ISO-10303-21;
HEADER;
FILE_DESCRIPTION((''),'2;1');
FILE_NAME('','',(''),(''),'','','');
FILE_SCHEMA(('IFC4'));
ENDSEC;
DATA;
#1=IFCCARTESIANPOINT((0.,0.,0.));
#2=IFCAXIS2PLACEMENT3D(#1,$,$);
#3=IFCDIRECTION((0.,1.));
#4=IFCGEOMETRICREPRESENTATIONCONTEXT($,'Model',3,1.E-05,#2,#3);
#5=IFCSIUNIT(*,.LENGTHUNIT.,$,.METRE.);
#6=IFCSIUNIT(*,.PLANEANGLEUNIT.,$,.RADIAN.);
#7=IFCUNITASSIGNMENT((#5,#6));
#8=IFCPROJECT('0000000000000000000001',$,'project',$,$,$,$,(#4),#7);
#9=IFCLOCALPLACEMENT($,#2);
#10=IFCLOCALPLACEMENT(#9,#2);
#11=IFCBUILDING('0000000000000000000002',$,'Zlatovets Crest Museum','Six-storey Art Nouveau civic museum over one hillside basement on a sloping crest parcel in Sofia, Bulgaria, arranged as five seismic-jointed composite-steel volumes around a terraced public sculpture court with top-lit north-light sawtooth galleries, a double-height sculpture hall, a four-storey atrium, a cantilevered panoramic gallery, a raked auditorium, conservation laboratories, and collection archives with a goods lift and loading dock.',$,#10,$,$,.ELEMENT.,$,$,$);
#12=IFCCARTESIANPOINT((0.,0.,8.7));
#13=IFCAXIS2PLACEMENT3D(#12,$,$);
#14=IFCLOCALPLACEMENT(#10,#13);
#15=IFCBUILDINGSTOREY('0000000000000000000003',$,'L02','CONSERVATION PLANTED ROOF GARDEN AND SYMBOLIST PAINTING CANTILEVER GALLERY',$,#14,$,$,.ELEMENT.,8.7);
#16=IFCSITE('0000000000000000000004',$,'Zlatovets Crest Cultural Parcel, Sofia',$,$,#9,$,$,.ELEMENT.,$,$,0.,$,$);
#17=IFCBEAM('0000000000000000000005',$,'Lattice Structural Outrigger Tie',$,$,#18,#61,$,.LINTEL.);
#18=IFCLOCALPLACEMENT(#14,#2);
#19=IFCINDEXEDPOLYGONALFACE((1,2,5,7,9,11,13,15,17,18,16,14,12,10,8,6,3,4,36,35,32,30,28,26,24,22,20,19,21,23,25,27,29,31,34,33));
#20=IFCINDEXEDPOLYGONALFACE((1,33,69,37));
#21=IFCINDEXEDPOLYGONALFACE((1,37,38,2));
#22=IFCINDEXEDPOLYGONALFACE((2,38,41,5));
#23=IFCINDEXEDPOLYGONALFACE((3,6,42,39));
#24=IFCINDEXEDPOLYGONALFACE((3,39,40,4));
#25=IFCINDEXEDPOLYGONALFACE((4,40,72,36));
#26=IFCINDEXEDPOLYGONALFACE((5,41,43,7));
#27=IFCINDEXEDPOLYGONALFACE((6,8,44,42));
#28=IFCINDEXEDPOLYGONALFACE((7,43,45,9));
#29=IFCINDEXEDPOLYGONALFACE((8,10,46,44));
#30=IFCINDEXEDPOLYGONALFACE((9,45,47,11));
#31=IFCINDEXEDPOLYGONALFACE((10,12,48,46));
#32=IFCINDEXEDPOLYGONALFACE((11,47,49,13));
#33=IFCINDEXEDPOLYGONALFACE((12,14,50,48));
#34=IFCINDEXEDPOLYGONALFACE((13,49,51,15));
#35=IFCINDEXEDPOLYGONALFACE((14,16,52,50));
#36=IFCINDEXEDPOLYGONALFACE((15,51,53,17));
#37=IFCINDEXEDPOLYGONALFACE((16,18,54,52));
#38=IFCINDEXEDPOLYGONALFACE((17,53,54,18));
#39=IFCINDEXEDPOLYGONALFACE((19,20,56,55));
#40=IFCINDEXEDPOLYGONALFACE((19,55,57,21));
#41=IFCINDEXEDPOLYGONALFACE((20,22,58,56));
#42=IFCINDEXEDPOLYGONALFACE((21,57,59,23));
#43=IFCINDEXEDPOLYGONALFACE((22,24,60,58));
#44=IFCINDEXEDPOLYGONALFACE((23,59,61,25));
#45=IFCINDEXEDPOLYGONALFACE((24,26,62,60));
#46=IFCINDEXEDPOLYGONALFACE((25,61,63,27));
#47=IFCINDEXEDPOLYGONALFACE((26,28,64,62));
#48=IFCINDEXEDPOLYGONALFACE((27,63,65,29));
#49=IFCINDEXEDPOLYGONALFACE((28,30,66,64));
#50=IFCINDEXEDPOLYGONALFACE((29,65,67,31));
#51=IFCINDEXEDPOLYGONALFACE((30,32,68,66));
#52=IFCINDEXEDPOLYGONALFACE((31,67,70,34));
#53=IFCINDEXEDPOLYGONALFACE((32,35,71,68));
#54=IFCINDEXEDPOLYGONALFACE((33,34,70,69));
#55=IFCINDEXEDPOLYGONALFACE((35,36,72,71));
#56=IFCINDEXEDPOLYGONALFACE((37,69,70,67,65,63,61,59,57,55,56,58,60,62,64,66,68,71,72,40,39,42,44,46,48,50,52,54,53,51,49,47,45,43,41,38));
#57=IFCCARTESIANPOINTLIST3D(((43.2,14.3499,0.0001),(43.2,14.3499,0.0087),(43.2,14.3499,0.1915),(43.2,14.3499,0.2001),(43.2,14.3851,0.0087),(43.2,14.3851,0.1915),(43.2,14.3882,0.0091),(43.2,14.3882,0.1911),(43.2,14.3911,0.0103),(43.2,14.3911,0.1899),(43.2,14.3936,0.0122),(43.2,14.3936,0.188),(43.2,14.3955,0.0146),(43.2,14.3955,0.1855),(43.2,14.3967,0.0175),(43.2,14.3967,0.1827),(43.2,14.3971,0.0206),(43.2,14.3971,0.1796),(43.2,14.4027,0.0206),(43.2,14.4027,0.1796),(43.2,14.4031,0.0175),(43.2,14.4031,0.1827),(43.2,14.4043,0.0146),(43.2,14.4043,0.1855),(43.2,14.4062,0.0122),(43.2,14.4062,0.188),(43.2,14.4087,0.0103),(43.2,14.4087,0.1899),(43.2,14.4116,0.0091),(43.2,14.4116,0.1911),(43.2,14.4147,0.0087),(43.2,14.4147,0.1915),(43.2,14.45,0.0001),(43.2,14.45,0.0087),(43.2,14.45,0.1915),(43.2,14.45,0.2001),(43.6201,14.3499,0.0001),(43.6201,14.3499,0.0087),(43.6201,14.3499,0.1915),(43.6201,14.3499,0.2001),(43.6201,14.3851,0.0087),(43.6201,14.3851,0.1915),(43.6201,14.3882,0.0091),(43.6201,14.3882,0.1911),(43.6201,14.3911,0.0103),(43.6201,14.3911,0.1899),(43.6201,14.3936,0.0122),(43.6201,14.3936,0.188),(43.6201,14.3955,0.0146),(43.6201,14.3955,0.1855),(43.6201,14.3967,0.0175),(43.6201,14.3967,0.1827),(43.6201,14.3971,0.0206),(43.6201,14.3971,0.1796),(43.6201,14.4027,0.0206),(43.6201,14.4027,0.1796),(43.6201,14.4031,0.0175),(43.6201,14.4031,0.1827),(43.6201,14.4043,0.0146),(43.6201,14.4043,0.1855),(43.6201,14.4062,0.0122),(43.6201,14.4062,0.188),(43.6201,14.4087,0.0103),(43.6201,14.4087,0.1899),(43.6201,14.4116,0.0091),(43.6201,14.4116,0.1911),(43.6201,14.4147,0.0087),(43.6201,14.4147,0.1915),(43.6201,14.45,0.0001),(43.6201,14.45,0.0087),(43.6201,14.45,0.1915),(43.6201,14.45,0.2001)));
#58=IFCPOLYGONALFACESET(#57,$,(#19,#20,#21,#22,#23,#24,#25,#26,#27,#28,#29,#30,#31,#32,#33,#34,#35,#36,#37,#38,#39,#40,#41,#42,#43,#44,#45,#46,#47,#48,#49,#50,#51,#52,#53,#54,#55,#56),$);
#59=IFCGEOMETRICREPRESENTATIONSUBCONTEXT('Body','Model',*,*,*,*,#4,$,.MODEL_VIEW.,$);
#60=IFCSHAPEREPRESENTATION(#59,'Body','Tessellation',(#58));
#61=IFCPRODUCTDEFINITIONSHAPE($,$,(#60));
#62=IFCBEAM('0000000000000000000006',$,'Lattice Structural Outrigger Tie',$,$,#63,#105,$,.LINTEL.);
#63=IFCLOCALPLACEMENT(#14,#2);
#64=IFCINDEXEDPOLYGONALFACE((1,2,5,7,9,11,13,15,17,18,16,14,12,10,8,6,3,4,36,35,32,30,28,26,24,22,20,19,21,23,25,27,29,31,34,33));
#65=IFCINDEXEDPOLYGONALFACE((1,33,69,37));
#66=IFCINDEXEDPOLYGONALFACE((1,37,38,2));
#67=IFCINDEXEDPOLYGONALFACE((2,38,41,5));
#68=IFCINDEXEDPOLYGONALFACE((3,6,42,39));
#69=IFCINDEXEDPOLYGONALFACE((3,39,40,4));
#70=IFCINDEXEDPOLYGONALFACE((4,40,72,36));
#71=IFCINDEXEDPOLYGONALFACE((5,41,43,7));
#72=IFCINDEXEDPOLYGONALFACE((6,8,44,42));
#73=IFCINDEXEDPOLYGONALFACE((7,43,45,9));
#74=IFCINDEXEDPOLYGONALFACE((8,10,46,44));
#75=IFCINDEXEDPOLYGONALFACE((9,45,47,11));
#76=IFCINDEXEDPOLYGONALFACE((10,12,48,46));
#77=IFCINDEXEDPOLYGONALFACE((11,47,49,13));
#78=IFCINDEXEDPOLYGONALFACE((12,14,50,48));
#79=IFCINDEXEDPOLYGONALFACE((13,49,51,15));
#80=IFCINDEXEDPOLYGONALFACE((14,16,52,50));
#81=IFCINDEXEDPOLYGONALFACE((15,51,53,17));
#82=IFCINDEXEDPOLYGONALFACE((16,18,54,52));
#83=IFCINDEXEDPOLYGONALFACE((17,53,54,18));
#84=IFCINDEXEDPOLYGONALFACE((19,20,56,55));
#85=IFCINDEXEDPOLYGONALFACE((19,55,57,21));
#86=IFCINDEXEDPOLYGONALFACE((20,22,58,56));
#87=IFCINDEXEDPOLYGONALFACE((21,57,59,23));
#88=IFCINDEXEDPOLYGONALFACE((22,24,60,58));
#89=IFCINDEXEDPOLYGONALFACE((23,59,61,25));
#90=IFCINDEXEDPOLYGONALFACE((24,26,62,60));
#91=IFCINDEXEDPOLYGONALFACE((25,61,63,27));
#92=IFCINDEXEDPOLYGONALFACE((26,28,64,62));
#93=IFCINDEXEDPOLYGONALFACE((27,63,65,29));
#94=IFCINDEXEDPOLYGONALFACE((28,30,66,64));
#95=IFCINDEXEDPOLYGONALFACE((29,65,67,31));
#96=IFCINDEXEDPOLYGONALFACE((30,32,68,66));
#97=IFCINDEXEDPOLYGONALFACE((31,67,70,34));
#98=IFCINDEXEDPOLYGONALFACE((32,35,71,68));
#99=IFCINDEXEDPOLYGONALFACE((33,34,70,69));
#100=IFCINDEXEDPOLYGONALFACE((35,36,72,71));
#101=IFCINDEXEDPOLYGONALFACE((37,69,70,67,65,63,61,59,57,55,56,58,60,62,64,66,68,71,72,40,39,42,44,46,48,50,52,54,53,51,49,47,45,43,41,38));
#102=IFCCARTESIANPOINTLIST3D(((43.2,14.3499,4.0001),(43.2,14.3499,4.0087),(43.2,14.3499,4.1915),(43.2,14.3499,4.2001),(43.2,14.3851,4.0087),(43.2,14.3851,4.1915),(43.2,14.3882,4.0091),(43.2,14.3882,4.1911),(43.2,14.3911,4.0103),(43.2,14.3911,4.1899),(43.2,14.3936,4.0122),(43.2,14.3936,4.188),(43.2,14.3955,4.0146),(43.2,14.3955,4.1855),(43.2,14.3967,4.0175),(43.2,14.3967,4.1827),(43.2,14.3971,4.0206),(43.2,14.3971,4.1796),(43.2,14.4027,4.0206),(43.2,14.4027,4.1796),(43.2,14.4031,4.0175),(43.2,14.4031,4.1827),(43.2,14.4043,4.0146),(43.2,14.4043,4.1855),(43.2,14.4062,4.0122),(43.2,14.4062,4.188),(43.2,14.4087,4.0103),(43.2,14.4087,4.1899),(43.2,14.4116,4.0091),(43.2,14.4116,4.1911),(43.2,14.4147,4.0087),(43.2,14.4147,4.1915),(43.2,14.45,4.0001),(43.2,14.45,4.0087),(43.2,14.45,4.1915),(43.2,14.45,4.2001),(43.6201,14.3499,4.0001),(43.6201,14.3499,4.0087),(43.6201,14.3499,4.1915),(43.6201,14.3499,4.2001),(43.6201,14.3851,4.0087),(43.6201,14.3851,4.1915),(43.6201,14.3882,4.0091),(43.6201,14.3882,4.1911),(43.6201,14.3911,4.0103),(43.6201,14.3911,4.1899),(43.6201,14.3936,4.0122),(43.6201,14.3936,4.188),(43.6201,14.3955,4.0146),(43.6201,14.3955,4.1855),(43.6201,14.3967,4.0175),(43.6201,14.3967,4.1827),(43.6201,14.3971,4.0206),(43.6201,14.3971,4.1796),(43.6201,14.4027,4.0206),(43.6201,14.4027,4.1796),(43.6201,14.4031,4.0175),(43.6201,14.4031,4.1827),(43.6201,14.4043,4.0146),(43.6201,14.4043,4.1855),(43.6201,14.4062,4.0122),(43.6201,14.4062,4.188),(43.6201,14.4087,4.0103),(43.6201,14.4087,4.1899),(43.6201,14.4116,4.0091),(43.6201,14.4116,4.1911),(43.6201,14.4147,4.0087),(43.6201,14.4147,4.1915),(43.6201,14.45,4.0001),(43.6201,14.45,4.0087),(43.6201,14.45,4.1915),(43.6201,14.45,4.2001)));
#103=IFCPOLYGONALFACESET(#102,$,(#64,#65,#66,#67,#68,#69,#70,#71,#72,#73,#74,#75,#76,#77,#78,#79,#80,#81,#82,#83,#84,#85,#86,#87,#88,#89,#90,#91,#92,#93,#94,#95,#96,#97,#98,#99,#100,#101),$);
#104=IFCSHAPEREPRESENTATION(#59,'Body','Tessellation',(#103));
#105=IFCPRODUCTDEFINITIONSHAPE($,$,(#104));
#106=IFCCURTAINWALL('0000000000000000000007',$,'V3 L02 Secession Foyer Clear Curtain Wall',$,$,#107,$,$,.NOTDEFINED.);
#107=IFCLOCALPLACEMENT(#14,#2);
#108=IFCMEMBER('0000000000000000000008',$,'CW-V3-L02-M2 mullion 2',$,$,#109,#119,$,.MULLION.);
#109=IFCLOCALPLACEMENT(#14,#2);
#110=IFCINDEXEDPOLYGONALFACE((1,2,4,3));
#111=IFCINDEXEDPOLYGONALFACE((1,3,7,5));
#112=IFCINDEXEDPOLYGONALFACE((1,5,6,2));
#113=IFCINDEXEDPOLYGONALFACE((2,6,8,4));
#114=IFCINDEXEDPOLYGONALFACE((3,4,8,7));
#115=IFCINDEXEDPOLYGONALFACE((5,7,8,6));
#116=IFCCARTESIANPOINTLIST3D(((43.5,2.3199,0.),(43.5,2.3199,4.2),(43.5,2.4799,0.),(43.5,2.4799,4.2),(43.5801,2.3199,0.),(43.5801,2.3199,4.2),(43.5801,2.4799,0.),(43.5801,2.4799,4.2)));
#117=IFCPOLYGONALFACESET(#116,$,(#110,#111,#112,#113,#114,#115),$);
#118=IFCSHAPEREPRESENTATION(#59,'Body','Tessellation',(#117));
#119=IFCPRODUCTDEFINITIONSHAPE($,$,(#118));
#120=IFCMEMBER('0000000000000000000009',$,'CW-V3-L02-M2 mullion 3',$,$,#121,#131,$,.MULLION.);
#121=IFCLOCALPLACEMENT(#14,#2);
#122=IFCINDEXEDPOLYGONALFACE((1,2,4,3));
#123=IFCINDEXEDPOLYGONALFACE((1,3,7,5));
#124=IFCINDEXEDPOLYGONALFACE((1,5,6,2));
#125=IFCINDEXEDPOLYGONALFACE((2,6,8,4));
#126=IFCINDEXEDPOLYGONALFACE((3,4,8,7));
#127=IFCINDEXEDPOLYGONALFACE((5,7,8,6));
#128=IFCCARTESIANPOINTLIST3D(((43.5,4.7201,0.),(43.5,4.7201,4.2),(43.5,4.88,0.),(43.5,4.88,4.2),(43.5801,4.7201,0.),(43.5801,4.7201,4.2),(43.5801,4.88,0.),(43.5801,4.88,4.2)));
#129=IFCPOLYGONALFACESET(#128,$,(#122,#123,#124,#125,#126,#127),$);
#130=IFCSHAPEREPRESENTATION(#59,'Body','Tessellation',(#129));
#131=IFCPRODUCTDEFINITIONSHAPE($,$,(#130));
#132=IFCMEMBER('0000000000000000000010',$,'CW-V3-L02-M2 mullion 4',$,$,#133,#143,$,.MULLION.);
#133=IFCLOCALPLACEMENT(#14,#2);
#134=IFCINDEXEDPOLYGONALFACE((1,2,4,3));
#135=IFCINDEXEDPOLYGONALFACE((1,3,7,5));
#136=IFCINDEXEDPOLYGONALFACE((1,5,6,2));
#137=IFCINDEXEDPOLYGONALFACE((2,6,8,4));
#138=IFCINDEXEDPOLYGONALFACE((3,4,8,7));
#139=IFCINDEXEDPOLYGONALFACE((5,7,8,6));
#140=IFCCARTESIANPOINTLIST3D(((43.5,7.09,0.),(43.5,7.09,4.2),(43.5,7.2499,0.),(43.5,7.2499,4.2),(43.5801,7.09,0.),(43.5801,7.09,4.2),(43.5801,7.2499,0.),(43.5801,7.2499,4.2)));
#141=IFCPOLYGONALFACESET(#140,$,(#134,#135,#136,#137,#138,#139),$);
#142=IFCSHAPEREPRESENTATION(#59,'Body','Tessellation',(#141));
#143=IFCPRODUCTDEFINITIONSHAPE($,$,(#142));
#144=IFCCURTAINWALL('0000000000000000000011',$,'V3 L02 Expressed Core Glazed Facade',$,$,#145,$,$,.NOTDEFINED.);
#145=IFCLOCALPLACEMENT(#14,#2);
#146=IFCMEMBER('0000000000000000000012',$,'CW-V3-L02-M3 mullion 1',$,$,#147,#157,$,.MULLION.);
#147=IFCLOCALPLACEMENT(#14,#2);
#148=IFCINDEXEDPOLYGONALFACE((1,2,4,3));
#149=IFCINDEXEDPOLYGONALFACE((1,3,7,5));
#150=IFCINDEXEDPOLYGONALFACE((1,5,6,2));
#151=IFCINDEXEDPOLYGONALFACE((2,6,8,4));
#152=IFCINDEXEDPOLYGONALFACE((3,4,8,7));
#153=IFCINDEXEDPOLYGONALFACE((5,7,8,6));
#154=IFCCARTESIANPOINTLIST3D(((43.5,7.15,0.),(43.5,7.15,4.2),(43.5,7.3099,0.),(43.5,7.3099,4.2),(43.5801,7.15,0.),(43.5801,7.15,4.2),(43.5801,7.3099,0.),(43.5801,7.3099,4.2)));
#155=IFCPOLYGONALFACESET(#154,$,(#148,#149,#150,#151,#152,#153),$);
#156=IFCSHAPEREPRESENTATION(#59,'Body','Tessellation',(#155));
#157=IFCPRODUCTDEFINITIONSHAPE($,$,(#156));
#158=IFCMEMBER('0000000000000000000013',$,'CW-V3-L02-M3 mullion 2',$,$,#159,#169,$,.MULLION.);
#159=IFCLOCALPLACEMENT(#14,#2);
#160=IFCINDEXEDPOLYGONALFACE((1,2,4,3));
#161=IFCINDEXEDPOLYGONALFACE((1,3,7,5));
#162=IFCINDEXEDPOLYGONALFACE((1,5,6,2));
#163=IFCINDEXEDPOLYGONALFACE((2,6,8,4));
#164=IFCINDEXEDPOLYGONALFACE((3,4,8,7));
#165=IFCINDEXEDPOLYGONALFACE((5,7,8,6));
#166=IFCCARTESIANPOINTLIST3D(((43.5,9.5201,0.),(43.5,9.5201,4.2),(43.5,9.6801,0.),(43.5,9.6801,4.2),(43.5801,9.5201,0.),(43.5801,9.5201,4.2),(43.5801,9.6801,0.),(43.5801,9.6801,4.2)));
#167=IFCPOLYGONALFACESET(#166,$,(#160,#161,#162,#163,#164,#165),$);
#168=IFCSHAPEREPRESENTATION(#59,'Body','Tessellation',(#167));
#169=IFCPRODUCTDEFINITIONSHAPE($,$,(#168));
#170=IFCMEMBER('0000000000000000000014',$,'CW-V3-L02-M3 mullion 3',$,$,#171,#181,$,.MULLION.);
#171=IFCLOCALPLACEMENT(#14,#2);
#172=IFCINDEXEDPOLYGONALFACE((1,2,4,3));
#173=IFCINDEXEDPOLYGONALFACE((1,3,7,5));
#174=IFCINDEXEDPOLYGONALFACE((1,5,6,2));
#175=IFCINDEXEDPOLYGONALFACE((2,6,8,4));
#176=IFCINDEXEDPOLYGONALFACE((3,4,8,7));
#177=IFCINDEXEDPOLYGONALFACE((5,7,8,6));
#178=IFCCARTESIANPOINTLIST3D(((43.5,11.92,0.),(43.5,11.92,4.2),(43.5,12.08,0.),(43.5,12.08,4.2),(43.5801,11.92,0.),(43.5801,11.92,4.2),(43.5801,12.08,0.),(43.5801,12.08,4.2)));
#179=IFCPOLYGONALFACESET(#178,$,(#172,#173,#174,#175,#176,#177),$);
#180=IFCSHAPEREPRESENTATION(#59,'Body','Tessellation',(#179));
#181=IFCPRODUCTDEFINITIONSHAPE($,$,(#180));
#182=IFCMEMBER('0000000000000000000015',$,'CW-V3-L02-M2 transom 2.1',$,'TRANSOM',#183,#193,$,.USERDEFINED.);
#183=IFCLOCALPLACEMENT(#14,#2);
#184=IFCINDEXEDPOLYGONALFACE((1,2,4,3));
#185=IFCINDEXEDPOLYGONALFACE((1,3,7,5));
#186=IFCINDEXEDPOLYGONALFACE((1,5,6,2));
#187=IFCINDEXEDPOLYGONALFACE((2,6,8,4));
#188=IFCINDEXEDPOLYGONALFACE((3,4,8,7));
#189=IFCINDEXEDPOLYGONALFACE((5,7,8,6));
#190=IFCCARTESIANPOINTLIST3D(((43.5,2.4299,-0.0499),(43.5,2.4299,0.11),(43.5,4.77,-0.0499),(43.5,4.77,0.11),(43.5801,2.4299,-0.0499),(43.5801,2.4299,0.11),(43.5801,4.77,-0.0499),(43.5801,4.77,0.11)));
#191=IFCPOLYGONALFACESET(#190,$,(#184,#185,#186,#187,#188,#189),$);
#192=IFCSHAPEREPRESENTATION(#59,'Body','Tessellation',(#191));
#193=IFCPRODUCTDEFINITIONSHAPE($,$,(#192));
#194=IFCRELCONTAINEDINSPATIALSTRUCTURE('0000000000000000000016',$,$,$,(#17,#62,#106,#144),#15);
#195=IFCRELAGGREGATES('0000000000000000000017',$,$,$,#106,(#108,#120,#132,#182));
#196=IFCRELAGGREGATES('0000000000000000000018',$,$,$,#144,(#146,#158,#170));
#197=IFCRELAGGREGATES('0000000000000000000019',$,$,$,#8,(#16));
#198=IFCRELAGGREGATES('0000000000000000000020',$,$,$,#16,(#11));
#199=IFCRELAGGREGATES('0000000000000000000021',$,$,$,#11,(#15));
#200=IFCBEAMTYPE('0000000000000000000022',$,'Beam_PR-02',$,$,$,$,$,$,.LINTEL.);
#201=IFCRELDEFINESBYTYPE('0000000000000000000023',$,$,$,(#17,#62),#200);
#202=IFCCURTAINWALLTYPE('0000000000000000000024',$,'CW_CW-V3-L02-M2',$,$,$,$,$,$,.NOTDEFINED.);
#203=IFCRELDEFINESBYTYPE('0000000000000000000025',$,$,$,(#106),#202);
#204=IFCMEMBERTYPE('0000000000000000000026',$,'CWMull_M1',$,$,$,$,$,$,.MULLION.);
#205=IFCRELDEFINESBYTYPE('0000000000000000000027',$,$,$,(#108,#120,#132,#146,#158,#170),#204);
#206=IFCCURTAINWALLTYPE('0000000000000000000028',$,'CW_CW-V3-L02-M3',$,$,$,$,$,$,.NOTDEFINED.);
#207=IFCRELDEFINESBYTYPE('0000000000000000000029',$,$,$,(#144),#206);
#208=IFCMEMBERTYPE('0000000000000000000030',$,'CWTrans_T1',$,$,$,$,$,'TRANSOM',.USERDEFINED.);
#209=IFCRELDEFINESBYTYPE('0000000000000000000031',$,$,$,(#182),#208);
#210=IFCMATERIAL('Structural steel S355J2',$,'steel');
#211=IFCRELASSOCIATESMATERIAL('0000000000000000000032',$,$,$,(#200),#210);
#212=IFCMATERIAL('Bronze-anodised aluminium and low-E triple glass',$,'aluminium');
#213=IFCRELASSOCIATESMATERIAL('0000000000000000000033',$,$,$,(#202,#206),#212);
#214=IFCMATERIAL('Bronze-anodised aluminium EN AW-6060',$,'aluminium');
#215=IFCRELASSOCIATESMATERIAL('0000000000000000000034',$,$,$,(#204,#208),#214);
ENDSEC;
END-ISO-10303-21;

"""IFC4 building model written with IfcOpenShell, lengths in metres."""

from ifc_helpers import new_model, si_unit, direction, frame, origin, origin_2d, place, context, subcontext, project, spatial, rectangle, i_section, extrude, material, material_profile, profile_set, type_object, element, aggregate, save


model = new_model("IFC4")

# Units and contexts
model_context = context("Model", 3, precision=1e-05, world=origin(), true_north=direction((0.0, 1.0)))
body_context = subcontext(model_context, "Body", "Model", "MODEL_VIEW")
ifc_project = project(units=[si_unit("LENGTHUNIT", "METRE"), si_unit("PLANEANGLEUNIT", "RADIAN")], contexts=[model_context])

# Site, building, storey
site_placement = place(None, origin())
site = spatial("IfcSite", under=ifc_project, at=site_placement, Name="Zlatovets Crest Cultural Parcel, Sofia", CompositionType="ELEMENT", RefElevation=0.0)
building_placement = place(site_placement, origin())
building = spatial("IfcBuilding", under=site, at=building_placement, Name="Zlatovets Crest Museum", Description="Six-storey Art Nouveau civic museum over one hillside basement on a sloping crest parcel in Sofia, Bulgaria, arranged as five seismic-jointed composite-steel volumes around a terraced public sculpture court with top-lit north-light sawtooth galleries, a double-height sculpture hall, a four-storey atrium, a cantilevered panoramic gallery, a raked auditorium, conservation laboratories, and collection archives with a goods lift and loading dock.", CompositionType="ELEMENT")
storey_placement = place(building_placement, frame((0.0, 0.0, 8.7)))
storey = spatial("IfcBuildingStorey", under=building, at=storey_placement, Name="L02", Description="CONSERVATION PLANTED ROOF GARDEN AND SYMBOLIST PAINTING CANTILEVER GALLERY", CompositionType="ELEMENT", Elevation=8.7)

# Beams
ifc_material_1 = material(Name="Structural steel S355J2", Category="steel")
ifc_material_profile_1 = material_profile(ifc_material_1, i_section(OverallWidth=0.1001, OverallDepth=0.2, WebThickness=0.0056, FlangeThickness=0.0085, FilletRadius=0.012, at=origin_2d()), Name="IPE 200")
ifc_profile_set_1 = profile_set([ifc_material_profile_1], Name="Structural steel S355J2")
beam_type = type_object("IfcBeamType", Name="Beam_PR-02", PredefinedType="LINTEL", material=ifc_profile_set_1)
for number, where, z_axis, x_axis, name in (
    (1, (43.2, 14.3999, 0.1001), (1.0, 0.0, 0.0), (0.0, 1.0, 0.0), "Lattice Structural Outrigger Tie"),
    (2, (43.2, 14.3999, 4.1001), (1.0, 0.0, 0.0), (0.0, 1.0, 0.0), "Lattice Structural Outrigger Tie"),
):
    element("IfcBeam", number, at=place(storey_placement, frame(where, z_axis=z_axis, x_axis=x_axis)), inside=storey, type_object=beam_type, Name=name, PredefinedType="LINTEL", context=body_context, shape_type="SweptSolid", body=[
        extrude(i_section(OverallWidth=0.1001, OverallDepth=0.2, WebThickness=0.0056, FlangeThickness=0.0085, FilletRadius=0.012, at=origin_2d()), origin(), (0.0, 0.0, 1.0), 0.4202),
    ])

# Curtain walls, members
ifc_material_2 = material(Name="Bronze-anodised aluminium and low-E triple glass", Category="aluminium")
curtain_wall_type_1 = type_object("IfcCurtainWallType", Name="CW_CW-V3-L02-M2", PredefinedType="NOTDEFINED", material=ifc_material_2)
curtain_wall_1_placement = place(storey_placement, origin())
curtain_wall_1 = element("IfcCurtainWall", 3, at=curtain_wall_1_placement, inside=storey, type_object=curtain_wall_type_1, Name="V3 L02 Secession Foyer Clear Curtain Wall", PredefinedType="NOTDEFINED")
ifc_material_3 = material(Name="Bronze-anodised aluminium EN AW-6060", Category="aluminium")
ifc_material_profile_2 = material_profile(ifc_material_3, rectangle(XDim=0.0801, YDim=0.1599, at=origin_2d()), Name="ALU 80x160")
ifc_profile_set_2 = profile_set([ifc_material_profile_2], Name="Bronze-anodised aluminium EN AW-6060")
member_type_1 = type_object("IfcMemberType", Name="CWMull_M1", PredefinedType="MULLION", material=ifc_profile_set_2)
member_1_placement = place(storey_placement, frame((43.54, 2.3999, 0.0), z_axis=(0.0, 0.0, 1.0), x_axis=(-1.0, 0.0, 0.0)))
member_1 = element("IfcMember", 4, at=member_1_placement, type_object=member_type_1, Name="CW-V3-L02-M2 mullion 2", PredefinedType="MULLION", context=body_context, shape_type="SweptSolid", body=[
    extrude(rectangle(XDim=0.0801, YDim=0.1599, at=origin_2d()), origin(), (0.0, 0.0, 1.0), 4.2),
])
member_2_placement = place(storey_placement, frame((43.54, 4.8, 0.0), z_axis=(0.0, 0.0, 1.0), x_axis=(-1.0, 0.0, 0.0)))
member_2 = element("IfcMember", 5, at=member_2_placement, type_object=member_type_1, Name="CW-V3-L02-M2 mullion 3", PredefinedType="MULLION", context=body_context, shape_type="SweptSolid", body=[
    extrude(rectangle(XDim=0.0801, YDim=0.1599, at=origin_2d()), origin(), (0.0, 0.0, 1.0), 4.2),
])
member_3_placement = place(storey_placement, frame((43.54, 7.1699, 0.0), z_axis=(0.0, 0.0, 1.0), x_axis=(-1.0, 0.0, 0.0)))
member_3 = element("IfcMember", 6, at=member_3_placement, type_object=member_type_1, Name="CW-V3-L02-M2 mullion 4", PredefinedType="MULLION", context=body_context, shape_type="SweptSolid", body=[
    extrude(rectangle(XDim=0.0801, YDim=0.1599, at=origin_2d()), origin(), (0.0, 0.0, 1.0), 4.2),
])
curtain_wall_type_2 = type_object("IfcCurtainWallType", Name="CW_CW-V3-L02-M3", PredefinedType="NOTDEFINED", material=ifc_material_2)
curtain_wall_2_placement = place(storey_placement, origin())
curtain_wall_2 = element("IfcCurtainWall", 7, at=curtain_wall_2_placement, inside=storey, type_object=curtain_wall_type_2, Name="V3 L02 Expressed Core Glazed Facade", PredefinedType="NOTDEFINED")
member_4_placement = place(storey_placement, frame((43.54, 7.23, 0.0), z_axis=(0.0, 0.0, 1.0), x_axis=(-1.0, 0.0, 0.0)))
member_4 = element("IfcMember", 8, at=member_4_placement, type_object=member_type_1, Name="CW-V3-L02-M3 mullion 1", PredefinedType="MULLION", context=body_context, shape_type="SweptSolid", body=[
    extrude(rectangle(XDim=0.0801, YDim=0.1599, at=origin_2d()), origin(), (0.0, 0.0, 1.0), 4.2),
])
member_5_placement = place(storey_placement, frame((43.54, 9.6001, 0.0), z_axis=(0.0, 0.0, 1.0), x_axis=(-1.0, 0.0, 0.0)))
member_5 = element("IfcMember", 9, at=member_5_placement, type_object=member_type_1, Name="CW-V3-L02-M3 mullion 2", PredefinedType="MULLION", context=body_context, shape_type="SweptSolid", body=[
    extrude(rectangle(XDim=0.0801, YDim=0.1599, at=origin_2d()), origin(), (0.0, 0.0, 1.0), 4.2),
])
member_6_placement = place(storey_placement, frame((43.54, 12.0, 0.0), z_axis=(0.0, 0.0, 1.0), x_axis=(-1.0, 0.0, 0.0)))
member_6 = element("IfcMember", 10, at=member_6_placement, type_object=member_type_1, Name="CW-V3-L02-M3 mullion 3", PredefinedType="MULLION", context=body_context, shape_type="SweptSolid", body=[
    extrude(rectangle(XDim=0.0801, YDim=0.1599, at=origin_2d()), origin(), (0.0, 0.0, 1.0), 4.2),
])

# Member
ifc_material_profile_3 = material_profile(ifc_material_3, rectangle(XDim=0.0801, YDim=0.1599, at=origin_2d()), Name="ALU 80x160")
ifc_profile_set_3 = profile_set([ifc_material_profile_3], Name="Bronze-anodised aluminium EN AW-6060")
member_type_2 = type_object("IfcMemberType", Name="CWTrans_T1", ElementType="TRANSOM", PredefinedType="USERDEFINED", material=ifc_profile_set_3)
member_7_placement = place(storey_placement, frame((43.54, 2.4299, 0.03), z_axis=(0.0, 1.0, 0.0), x_axis=(-1.0, 0.0, 0.0)))
member_7 = element("IfcMember", 11, at=member_7_placement, type_object=member_type_2, Name="CW-V3-L02-M2 transom 2.1", ObjectType="TRANSOM", PredefinedType="USERDEFINED", context=body_context, shape_type="SweptSolid", body=[
    extrude(rectangle(XDim=0.0801, YDim=0.1599, at=origin_2d()), origin(), (0.0, 0.0, 1.0), 2.3401),
])

aggregate(curtain_wall_1, [member_1, member_2, member_3, member_7])
aggregate(curtain_wall_2, [member_4, member_5, member_6])

save(model, "model.ifc")
